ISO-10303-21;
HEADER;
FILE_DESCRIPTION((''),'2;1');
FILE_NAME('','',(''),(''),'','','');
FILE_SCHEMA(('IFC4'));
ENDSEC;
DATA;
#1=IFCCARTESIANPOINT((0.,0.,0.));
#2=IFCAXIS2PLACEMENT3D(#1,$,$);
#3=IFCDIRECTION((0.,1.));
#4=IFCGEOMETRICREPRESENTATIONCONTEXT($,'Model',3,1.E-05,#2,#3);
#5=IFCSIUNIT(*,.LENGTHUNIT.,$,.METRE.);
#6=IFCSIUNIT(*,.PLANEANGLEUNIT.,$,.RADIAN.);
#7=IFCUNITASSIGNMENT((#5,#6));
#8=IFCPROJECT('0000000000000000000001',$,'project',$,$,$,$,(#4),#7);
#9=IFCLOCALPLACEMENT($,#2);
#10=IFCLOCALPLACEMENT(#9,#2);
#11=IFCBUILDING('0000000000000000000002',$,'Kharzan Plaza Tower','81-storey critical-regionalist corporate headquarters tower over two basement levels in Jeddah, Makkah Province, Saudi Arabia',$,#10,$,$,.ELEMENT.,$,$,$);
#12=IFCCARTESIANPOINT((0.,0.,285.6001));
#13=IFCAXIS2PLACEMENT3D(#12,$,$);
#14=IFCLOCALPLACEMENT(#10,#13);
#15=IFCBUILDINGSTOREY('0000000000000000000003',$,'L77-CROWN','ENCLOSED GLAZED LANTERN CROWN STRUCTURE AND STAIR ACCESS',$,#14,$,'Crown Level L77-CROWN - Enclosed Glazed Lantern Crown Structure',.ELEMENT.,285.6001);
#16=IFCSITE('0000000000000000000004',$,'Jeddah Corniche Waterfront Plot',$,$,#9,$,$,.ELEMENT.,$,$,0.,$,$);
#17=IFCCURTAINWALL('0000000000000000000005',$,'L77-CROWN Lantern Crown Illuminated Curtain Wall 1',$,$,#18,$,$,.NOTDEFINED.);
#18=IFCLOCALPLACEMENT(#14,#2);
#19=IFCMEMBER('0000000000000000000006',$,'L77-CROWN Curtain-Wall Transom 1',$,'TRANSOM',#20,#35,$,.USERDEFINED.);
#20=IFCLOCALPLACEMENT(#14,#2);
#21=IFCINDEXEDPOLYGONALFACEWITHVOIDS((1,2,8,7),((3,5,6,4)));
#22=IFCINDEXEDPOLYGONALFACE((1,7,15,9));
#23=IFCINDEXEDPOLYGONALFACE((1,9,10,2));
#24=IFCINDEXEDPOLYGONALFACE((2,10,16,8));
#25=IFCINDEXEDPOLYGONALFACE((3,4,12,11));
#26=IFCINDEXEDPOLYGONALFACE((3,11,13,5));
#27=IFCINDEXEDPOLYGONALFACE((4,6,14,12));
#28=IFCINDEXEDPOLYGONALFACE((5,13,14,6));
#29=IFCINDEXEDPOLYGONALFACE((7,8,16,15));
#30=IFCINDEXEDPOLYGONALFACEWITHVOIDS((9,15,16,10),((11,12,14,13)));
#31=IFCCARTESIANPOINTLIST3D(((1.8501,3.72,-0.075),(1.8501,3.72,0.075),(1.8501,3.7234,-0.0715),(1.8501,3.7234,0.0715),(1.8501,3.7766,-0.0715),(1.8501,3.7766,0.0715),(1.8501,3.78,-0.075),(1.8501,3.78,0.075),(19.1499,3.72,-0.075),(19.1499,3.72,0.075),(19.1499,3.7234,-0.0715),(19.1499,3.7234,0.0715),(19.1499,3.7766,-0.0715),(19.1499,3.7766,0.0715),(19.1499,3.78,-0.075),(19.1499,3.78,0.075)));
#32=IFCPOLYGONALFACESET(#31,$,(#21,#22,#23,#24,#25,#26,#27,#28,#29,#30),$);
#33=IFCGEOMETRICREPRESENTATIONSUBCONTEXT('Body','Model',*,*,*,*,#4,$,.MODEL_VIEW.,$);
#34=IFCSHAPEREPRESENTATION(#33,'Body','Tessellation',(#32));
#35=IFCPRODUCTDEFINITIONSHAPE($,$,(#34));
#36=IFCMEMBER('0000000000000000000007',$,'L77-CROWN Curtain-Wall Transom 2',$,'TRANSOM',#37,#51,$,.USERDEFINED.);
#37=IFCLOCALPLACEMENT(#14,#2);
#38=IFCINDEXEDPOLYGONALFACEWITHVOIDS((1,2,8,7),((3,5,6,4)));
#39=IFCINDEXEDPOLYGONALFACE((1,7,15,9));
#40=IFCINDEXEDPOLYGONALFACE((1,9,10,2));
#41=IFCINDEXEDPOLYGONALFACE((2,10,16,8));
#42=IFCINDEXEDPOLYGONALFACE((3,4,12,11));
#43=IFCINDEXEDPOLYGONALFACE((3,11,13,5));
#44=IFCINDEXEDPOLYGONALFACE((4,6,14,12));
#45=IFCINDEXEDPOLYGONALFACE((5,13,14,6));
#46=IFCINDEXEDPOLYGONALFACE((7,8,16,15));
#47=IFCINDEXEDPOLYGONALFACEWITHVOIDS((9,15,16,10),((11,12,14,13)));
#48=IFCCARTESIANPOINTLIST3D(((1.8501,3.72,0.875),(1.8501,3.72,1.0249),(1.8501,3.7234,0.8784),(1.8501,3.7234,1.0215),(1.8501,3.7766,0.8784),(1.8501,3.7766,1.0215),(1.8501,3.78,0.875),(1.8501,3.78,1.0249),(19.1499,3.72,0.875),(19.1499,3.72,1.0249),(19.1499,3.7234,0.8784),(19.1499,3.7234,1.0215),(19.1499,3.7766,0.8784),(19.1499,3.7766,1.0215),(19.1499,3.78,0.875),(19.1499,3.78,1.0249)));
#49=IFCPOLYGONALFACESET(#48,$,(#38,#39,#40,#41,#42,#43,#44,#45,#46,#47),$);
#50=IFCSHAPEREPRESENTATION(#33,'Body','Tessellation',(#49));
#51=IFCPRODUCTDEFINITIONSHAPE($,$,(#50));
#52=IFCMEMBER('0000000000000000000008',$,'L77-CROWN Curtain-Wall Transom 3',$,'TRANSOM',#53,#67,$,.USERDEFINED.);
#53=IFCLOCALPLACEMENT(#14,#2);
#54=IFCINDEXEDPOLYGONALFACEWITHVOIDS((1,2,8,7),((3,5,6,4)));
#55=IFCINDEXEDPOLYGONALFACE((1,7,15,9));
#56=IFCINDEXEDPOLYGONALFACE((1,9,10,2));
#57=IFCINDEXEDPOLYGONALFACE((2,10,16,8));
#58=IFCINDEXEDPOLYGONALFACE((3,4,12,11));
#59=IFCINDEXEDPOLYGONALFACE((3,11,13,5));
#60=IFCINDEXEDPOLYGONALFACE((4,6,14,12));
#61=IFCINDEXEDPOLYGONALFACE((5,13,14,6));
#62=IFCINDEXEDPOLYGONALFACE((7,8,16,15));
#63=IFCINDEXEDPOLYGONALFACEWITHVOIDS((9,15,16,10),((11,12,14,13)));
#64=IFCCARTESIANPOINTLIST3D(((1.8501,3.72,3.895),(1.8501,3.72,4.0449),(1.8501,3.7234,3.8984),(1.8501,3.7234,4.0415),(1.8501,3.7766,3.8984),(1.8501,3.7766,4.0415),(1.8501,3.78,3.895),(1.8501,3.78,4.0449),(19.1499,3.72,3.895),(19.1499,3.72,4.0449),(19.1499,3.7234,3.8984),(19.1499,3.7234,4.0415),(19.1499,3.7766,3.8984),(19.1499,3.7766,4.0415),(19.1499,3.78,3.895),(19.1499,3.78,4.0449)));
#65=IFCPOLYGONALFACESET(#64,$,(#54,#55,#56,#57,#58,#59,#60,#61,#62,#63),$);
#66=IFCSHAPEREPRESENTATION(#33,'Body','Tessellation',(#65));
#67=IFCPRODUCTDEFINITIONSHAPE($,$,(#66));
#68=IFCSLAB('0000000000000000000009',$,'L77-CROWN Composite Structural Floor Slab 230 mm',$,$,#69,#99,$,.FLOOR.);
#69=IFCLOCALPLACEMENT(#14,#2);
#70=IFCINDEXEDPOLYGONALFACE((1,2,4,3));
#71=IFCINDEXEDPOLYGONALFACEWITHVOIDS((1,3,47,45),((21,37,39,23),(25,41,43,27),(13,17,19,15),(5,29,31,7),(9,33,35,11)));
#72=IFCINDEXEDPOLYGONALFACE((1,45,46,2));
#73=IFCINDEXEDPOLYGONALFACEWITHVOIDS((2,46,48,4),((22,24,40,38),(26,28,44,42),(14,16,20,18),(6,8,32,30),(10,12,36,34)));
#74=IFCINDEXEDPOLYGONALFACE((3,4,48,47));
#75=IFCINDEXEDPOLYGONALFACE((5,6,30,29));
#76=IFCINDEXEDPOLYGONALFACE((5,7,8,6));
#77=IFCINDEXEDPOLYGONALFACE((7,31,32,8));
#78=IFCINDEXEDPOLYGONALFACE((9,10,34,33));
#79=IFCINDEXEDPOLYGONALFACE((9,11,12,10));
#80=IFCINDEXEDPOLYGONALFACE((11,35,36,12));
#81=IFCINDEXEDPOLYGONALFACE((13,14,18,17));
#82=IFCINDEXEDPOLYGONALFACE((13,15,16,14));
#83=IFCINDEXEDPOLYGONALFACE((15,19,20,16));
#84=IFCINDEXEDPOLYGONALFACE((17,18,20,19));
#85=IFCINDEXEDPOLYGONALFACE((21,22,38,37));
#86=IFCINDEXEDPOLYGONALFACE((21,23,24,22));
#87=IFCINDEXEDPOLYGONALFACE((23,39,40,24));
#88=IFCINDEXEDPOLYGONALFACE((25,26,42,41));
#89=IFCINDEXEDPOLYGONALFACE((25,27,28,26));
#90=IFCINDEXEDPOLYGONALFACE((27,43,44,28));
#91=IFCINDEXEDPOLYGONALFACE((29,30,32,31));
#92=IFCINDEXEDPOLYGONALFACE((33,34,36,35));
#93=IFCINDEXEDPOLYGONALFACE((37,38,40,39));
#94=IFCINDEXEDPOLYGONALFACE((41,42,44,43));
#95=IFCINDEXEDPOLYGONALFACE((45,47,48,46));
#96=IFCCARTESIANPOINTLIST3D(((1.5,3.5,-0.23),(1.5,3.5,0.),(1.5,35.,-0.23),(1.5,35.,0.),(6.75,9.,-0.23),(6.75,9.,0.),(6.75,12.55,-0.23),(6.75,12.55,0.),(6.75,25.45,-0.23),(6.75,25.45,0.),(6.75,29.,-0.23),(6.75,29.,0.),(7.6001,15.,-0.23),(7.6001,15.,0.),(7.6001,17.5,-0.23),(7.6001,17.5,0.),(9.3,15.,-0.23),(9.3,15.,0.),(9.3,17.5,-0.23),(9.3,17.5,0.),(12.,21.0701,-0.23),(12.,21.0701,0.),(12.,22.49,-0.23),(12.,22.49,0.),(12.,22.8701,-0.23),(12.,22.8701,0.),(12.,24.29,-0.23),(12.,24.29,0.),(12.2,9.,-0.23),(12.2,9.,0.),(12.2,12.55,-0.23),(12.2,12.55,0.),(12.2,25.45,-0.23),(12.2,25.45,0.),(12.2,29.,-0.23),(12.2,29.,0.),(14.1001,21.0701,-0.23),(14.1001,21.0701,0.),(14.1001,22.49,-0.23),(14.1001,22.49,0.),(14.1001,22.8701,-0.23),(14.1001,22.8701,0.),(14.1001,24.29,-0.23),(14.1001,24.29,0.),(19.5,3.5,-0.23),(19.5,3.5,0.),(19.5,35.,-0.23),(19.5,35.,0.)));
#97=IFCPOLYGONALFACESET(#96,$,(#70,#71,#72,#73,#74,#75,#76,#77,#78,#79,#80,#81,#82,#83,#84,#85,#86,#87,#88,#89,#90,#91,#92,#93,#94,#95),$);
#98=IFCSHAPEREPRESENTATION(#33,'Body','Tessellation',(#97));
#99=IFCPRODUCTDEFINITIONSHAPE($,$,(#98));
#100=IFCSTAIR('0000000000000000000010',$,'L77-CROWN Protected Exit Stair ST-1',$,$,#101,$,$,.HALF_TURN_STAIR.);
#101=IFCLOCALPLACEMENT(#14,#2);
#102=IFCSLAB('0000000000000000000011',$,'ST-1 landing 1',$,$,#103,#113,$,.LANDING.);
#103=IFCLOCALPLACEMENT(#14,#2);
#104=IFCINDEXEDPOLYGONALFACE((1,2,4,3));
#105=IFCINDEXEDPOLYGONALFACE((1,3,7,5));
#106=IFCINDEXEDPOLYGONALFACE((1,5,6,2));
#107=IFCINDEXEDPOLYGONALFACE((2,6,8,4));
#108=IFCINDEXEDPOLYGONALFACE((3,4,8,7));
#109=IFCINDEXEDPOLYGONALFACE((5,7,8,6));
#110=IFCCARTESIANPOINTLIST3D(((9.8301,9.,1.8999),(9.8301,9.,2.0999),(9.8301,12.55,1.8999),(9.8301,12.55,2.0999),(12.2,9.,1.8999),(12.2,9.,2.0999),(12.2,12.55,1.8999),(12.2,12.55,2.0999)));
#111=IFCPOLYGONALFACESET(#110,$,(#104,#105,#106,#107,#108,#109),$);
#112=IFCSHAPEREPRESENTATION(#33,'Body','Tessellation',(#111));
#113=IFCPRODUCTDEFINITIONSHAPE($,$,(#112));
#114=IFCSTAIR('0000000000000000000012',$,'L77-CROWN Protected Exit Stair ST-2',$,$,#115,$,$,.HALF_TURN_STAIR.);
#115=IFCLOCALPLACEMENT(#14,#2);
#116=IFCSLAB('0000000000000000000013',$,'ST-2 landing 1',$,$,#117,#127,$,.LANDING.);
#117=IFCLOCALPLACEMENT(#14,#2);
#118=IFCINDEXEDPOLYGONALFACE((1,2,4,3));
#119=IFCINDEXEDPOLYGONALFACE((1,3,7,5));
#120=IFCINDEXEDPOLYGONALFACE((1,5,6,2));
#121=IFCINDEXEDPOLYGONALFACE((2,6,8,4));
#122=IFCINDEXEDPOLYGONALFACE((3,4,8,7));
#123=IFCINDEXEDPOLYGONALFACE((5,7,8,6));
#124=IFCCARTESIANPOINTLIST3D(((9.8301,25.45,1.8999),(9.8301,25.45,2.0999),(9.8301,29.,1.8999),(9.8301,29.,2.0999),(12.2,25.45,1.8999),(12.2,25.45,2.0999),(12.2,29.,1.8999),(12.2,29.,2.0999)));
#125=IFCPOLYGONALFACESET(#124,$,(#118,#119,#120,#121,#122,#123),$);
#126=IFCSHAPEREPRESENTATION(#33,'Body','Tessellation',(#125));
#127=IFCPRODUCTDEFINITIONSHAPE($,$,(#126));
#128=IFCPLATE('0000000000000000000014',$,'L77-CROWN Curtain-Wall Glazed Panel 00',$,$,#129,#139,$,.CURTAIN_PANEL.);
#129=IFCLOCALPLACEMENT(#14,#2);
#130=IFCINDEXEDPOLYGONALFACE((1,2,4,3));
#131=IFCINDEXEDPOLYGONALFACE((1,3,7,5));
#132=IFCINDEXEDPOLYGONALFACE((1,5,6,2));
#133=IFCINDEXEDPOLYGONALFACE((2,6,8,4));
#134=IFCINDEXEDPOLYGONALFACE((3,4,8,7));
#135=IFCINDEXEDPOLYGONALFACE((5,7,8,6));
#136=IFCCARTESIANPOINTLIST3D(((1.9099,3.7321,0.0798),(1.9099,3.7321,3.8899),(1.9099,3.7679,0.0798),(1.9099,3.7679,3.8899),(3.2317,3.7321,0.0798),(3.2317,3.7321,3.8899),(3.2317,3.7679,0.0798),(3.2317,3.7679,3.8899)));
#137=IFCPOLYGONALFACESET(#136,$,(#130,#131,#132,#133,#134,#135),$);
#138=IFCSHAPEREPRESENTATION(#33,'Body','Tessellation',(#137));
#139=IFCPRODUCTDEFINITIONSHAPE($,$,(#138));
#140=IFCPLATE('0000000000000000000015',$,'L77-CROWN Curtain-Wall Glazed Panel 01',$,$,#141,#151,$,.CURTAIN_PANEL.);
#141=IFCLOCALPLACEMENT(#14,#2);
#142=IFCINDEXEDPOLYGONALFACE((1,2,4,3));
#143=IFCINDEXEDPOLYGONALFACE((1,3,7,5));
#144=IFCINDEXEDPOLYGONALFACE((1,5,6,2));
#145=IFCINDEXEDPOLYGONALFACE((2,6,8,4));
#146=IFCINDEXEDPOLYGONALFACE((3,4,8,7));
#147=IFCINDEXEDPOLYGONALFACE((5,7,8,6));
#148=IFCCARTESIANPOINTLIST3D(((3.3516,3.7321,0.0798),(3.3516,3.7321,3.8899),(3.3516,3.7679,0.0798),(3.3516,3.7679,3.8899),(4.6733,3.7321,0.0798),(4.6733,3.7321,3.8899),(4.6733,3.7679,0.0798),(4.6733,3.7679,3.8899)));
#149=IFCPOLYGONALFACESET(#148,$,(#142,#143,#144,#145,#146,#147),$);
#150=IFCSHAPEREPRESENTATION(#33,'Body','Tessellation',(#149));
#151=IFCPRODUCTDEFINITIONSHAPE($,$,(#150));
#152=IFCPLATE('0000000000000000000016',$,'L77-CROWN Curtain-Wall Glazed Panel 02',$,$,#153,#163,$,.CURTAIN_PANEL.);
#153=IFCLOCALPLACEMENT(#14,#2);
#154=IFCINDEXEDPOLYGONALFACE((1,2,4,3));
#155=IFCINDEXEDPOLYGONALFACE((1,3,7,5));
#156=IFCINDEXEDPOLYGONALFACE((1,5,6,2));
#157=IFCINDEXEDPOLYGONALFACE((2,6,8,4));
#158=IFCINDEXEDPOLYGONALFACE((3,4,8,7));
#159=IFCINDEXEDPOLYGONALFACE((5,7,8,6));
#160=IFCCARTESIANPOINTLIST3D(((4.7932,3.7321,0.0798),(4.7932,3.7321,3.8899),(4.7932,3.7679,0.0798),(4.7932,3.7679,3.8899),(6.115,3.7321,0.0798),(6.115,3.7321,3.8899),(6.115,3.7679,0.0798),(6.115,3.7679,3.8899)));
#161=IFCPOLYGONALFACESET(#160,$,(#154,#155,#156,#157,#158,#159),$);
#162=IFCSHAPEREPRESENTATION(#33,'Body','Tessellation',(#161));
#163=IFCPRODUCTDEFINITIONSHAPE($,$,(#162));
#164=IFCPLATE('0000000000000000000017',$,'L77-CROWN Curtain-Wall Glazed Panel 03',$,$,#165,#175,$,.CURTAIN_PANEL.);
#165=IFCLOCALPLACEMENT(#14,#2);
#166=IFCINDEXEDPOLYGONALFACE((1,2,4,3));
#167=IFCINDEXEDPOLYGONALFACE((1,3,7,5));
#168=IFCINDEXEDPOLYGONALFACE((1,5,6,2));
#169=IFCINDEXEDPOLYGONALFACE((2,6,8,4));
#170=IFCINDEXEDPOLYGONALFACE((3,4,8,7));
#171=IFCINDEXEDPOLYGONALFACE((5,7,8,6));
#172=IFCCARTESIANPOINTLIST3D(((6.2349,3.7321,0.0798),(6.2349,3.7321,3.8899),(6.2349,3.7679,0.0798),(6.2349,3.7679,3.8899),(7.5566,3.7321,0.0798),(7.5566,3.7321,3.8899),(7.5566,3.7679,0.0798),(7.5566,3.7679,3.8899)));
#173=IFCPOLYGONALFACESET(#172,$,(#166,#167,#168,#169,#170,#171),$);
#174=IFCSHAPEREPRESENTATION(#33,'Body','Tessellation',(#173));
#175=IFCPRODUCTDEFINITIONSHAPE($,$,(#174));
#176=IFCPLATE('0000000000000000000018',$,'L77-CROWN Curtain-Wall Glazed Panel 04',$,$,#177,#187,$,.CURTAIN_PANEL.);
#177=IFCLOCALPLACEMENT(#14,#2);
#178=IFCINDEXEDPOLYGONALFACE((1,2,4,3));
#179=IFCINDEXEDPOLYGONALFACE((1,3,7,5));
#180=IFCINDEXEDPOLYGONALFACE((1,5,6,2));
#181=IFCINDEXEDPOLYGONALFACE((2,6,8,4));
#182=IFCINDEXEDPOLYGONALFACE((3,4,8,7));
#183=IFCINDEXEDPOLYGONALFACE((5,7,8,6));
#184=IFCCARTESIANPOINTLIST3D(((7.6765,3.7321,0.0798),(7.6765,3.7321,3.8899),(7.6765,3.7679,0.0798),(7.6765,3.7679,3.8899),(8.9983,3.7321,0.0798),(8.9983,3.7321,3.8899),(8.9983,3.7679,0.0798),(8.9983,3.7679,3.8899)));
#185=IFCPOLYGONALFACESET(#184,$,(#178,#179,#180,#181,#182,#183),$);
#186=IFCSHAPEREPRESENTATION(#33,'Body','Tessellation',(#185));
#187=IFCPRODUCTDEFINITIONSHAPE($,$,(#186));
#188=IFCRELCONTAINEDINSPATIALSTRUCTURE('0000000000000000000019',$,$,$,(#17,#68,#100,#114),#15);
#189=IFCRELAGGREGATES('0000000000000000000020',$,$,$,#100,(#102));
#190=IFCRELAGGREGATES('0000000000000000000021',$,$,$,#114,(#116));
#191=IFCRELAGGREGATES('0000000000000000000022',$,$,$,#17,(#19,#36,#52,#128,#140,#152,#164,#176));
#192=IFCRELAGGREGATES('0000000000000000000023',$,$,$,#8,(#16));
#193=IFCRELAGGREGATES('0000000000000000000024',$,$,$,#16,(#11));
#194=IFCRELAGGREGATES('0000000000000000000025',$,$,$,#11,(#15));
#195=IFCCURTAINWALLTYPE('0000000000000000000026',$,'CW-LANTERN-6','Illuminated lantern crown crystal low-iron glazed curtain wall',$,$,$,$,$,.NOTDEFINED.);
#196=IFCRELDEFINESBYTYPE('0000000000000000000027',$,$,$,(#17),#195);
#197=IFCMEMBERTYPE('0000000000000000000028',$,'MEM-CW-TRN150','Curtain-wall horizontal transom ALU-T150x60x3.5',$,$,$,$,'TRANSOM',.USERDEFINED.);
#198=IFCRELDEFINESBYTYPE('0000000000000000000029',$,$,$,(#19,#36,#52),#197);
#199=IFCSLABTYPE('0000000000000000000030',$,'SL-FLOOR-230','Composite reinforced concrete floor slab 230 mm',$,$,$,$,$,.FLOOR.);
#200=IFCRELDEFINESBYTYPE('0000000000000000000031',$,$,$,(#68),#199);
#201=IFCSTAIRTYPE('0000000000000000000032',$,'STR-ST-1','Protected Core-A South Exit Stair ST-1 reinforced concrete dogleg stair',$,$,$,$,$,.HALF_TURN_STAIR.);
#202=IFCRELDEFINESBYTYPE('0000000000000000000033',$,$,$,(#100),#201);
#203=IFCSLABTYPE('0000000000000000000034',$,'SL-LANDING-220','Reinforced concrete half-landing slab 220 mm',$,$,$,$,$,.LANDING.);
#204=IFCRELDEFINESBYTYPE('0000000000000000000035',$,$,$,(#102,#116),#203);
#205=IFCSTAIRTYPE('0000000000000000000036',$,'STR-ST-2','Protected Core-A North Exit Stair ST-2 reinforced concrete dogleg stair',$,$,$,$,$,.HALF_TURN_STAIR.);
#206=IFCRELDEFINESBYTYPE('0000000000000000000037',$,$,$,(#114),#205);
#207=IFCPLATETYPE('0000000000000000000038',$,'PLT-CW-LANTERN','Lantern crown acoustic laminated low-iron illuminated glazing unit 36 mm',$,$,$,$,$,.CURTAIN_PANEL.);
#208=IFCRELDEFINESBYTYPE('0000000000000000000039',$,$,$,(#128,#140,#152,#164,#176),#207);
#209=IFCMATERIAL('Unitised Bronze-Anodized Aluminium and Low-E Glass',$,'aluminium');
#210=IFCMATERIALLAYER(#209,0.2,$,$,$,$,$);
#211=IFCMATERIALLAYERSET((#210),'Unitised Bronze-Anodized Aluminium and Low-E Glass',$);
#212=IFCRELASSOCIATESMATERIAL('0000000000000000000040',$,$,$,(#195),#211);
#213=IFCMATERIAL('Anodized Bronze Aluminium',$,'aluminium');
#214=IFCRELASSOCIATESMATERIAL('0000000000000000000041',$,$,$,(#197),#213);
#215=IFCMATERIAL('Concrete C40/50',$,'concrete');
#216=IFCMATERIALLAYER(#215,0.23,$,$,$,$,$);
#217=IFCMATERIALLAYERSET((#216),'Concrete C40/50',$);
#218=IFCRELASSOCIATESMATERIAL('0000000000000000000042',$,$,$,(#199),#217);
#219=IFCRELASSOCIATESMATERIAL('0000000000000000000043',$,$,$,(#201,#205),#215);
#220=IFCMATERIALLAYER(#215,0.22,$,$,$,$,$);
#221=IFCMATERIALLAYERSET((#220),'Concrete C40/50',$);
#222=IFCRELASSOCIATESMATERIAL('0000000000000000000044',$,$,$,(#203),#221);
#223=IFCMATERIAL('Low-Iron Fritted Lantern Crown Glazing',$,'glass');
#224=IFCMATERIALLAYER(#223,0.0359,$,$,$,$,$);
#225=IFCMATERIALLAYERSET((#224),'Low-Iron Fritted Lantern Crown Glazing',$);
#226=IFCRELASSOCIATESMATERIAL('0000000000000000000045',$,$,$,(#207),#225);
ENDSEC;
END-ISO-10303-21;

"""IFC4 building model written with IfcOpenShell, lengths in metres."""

from ifc_helpers import new_model, si_unit, direction, frame, origin, origin_2d, place, context, subcontext, project, spatial, polyline, rectangle, hollow_rectangle, outline, extrude, source, transform, mapped, material, layer, layer_set, material_profile, profile_set, type_object, element, aggregate, save


model = new_model("IFC4")

# Units and contexts
model_context = context("Model", 3, precision=1e-05, world=origin(), true_north=direction((0.0, 1.0)))
body_context = subcontext(model_context, "Body", "Model", "MODEL_VIEW")
ifc_project = project(units=[si_unit("LENGTHUNIT", "METRE"), si_unit("PLANEANGLEUNIT", "RADIAN")], contexts=[model_context])

# Site, building, storey
site_placement = place(None, origin())
site = spatial("IfcSite", under=ifc_project, at=site_placement, Name="Jeddah Corniche Waterfront Plot", CompositionType="ELEMENT", RefElevation=0.0)
building_placement = place(site_placement, origin())
building = spatial("IfcBuilding", under=site, at=building_placement, Name="Kharzan Plaza Tower", Description="81-storey critical-regionalist corporate headquarters tower over two basement levels in Jeddah, Makkah Province, Saudi Arabia", CompositionType="ELEMENT")
storey_placement = place(building_placement, frame((0.0, 0.0, 285.6001)))
storey = spatial("IfcBuildingStorey", under=building, at=storey_placement, Name="L77-CROWN", Description="ENCLOSED GLAZED LANTERN CROWN STRUCTURE AND STAIR ACCESS", LongName="Crown Level L77-CROWN - Enclosed Glazed Lantern Crown Structure", CompositionType="ELEMENT", Elevation=285.6001)

# Curtain wall
ifc_material_1 = material(Name="Unitised Bronze-Anodized Aluminium and Low-E Glass", Category="aluminium")
ifc_layer_1 = layer(ifc_material_1, 0.2)
ifc_layer_set_1 = layer_set([ifc_layer_1], Name="Unitised Bronze-Anodized Aluminium and Low-E Glass")
curtain_wall_type = type_object("IfcCurtainWallType", Name="CW-LANTERN-6", Description="Illuminated lantern crown crystal low-iron glazed curtain wall", PredefinedType="NOTDEFINED", material=ifc_layer_set_1)
curtain_wall_1_placement = place(storey_placement, origin())
curtain_wall_1 = element("IfcCurtainWall", 1, at=curtain_wall_1_placement, inside=storey, type_object=curtain_wall_type, Name="L77-CROWN Lantern Crown Illuminated Curtain Wall 1", PredefinedType="NOTDEFINED")
ifc_material_2 = material(Name="Anodized Bronze Aluminium", Category="aluminium")

# Members
ifc_material_profile_1 = material_profile(ifc_material_2, hollow_rectangle(XDim=0.0601, YDim=0.1499, WallThickness=0.0034, at=origin_2d()), Name="ALU-T150x60x3.5")
ifc_profile_set_1 = profile_set([ifc_material_profile_1], Name="Anodized Bronze Aluminium")
member_type_1 = type_object("IfcMemberType", Name="MEM-CW-TRN150", Description="Curtain-wall horizontal transom ALU-T150x60x3.5", ElementType="TRANSOM", PredefinedType="USERDEFINED", material=ifc_profile_set_1)
shared_shape_1 = source(origin(), body_context, "Body", "SweptSolid", [
    extrude(hollow_rectangle(XDim=0.0601, YDim=0.1499, WallThickness=0.0034, at=origin_2d()), origin(), (0.0, 0.0, 1.0), 17.2998),
])
member_1_placement = place(storey_placement, frame((1.8501, 3.75, 0.0), z_axis=(1.0, 0.0, 0.0), x_axis=(0.0, 1.0, 0.0)))
member_1 = element("IfcMember", 2, at=member_1_placement, type_object=member_type_1, Name="L77-CROWN Curtain-Wall Transom 1", ObjectType="TRANSOM", PredefinedType="USERDEFINED", context=body_context, shape_type="MappedRepresentation", body=[
    mapped(shared_shape_1, transform((0.0, 0.0, 0.0), x_axis=(1.0, 0.0, 0.0), y_axis=(0.0, 1.0, 0.0), z_axis=(0.0, 0.0, 1.0))),
])
member_2_placement = place(storey_placement, frame((1.8501, 3.75, 0.95), z_axis=(1.0, 0.0, 0.0), x_axis=(0.0, 1.0, 0.0)))
member_2 = element("IfcMember", 3, at=member_2_placement, type_object=member_type_1, Name="L77-CROWN Curtain-Wall Transom 2", ObjectType="TRANSOM", PredefinedType="USERDEFINED", context=body_context, shape_type="MappedRepresentation", body=[
    mapped(shared_shape_1, transform((0.0, 0.0, 0.0), x_axis=(1.0, 0.0, 0.0), y_axis=(0.0, 1.0, 0.0), z_axis=(0.0, 0.0, 1.0))),
])
member_3_placement = place(storey_placement, frame((1.8501, 3.75, 3.97), z_axis=(1.0, 0.0, 0.0), x_axis=(0.0, 1.0, 0.0)))
member_3 = element("IfcMember", 4, at=member_3_placement, type_object=member_type_1, Name="L77-CROWN Curtain-Wall Transom 3", ObjectType="TRANSOM", PredefinedType="USERDEFINED", context=body_context, shape_type="MappedRepresentation", body=[
    mapped(shared_shape_1, transform((0.0, 0.0, 0.0), x_axis=(1.0, 0.0, 0.0), y_axis=(0.0, 1.0, 0.0), z_axis=(0.0, 0.0, 1.0))),
])

# Slab
ifc_material_3 = material(Name="Concrete C40/50", Category="concrete")
ifc_layer_2 = layer(ifc_material_3, 0.23)
ifc_layer_set_2 = layer_set([ifc_layer_2], Name="Concrete C40/50")
slab_type_1 = type_object("IfcSlabType", Name="SL-FLOOR-230", Description="Composite reinforced concrete floor slab 230 mm", PredefinedType="FLOOR", material=ifc_layer_set_2)
slab_1_placement = place(storey_placement, frame((0.0, 0.0, -0.23)))
element("IfcSlab", 5, at=slab_1_placement, inside=storey, type_object=slab_type_1, Name="L77-CROWN Composite Structural Floor Slab 230 mm", PredefinedType="FLOOR", context=body_context, shape_type="SweptSolid", body=[
    extrude(outline(polyline([(1.5, 3.5), (19.5, 3.5), (19.5, 35.0), (1.5, 35.0), (1.5, 3.5)]), holes=[polyline([(6.75, 12.55), (6.75, 9.0), (12.2, 9.0), (12.2, 12.55), (6.75, 12.55)]), polyline([(7.6001, 17.5), (7.6001, 15.0), (9.3, 15.0), (9.3, 17.5), (7.6001, 17.5)]), polyline([(12.0, 22.49), (12.0, 21.0701), (14.1001, 21.0701), (14.1001, 22.49), (12.0, 22.49)]), polyline([(14.1001, 24.29), (12.0, 24.29), (12.0, 22.8701), (14.1001, 22.8701), (14.1001, 24.29)]), polyline([(12.2, 29.0), (6.75, 29.0), (6.75, 25.45), (12.2, 25.45), (12.2, 29.0)])]), origin(), (0.0, 0.0, 1.0), 0.23),
])

# Stairs, slabs
stair_type_1 = type_object("IfcStairType", Name="STR-ST-1", Description="Protected Core-A South Exit Stair ST-1 reinforced concrete dogleg stair", PredefinedType="HALF_TURN_STAIR", material=ifc_material_3)
stair_1_placement = place(storey_placement, origin())
stair_1 = element("IfcStair", 6, at=stair_1_placement, inside=storey, type_object=stair_type_1, Name="L77-CROWN Protected Exit Stair ST-1", PredefinedType="HALF_TURN_STAIR")
ifc_layer_3 = layer(ifc_material_3, 0.22)
ifc_layer_set_3 = layer_set([ifc_layer_3], Name="Concrete C40/50")
slab_type_2 = type_object("IfcSlabType", Name="SL-LANDING-220", Description="Reinforced concrete half-landing slab 220 mm", PredefinedType="LANDING", material=ifc_layer_set_3)
slab_2_placement = place(storey_placement, frame((0.0, 0.0, 1.8999)))
slab_2 = element("IfcSlab", 7, at=slab_2_placement, type_object=slab_type_2, Name="ST-1 landing 1", PredefinedType="LANDING", context=body_context, shape_type="SweptSolid", body=[
    extrude(outline(polyline([(9.8301, 9.0), (12.2, 9.0), (12.2, 12.55), (9.8301, 12.55), (9.8301, 9.0)])), origin(), (0.0, 0.0, 1.0), 0.2),
])
aggregate(stair_1, [slab_2])
stair_type_2 = type_object("IfcStairType", Name="STR-ST-2", Description="Protected Core-A North Exit Stair ST-2 reinforced concrete dogleg stair", PredefinedType="HALF_TURN_STAIR", material=ifc_material_3)
stair_2_placement = place(storey_placement, origin())
stair_2 = element("IfcStair", 8, at=stair_2_placement, inside=storey, type_object=stair_type_2, Name="L77-CROWN Protected Exit Stair ST-2", PredefinedType="HALF_TURN_STAIR")
slab_3_placement = place(storey_placement, frame((0.0, 0.0, 1.8999)))
slab_3 = element("IfcSlab", 9, at=slab_3_placement, type_object=slab_type_2, Name="ST-2 landing 1", PredefinedType="LANDING", context=body_context, shape_type="SweptSolid", body=[
    extrude(outline(polyline([(9.8301, 25.45), (12.2, 25.45), (12.2, 29.0), (9.8301, 29.0), (9.8301, 25.45)])), origin(), (0.0, 0.0, 1.0), 0.2),
])
aggregate(stair_2, [slab_3])

# Plates
ifc_material_4 = material(Name="Low-Iron Fritted Lantern Crown Glazing", Category="glass")
ifc_layer_4 = layer(ifc_material_4, 0.0359)
ifc_layer_set_4 = layer_set([ifc_layer_4], Name="Low-Iron Fritted Lantern Crown Glazing")
plate_type = type_object("IfcPlateType", Name="PLT-CW-LANTERN", Description="Lantern crown acoustic laminated low-iron illuminated glazing unit 36 mm", PredefinedType="CURTAIN_PANEL", material=ifc_layer_set_4)
shared_shape_2 = source(origin(), body_context, "Body", "SweptSolid", [
    extrude(rectangle(XDim=1.3218, YDim=0.0359, at=origin_2d()), origin(), (0.0, 0.0, 1.0), 3.8101),
])
plate_1_placement = place(storey_placement, frame((2.5708, 3.75, 0.0798), z_axis=(0.0, 0.0, 1.0), x_axis=(1.0, 0.0, 0.0)))
plate_1 = element("IfcPlate", 10, at=plate_1_placement, type_object=plate_type, Name="L77-CROWN Curtain-Wall Glazed Panel 00", PredefinedType="CURTAIN_PANEL", context=body_context, shape_type="MappedRepresentation", body=[
    mapped(shared_shape_2, transform((0.0, 0.0, 0.0), x_axis=(1.0, 0.0, 0.0), y_axis=(0.0, 1.0, 0.0), z_axis=(0.0, 0.0, 1.0))),
])
plate_2_placement = place(storey_placement, frame((4.0125, 3.75, 0.0798), z_axis=(0.0, 0.0, 1.0), x_axis=(1.0, 0.0, 0.0)))
plate_2 = element("IfcPlate", 11, at=plate_2_placement, type_object=plate_type, Name="L77-CROWN Curtain-Wall Glazed Panel 01", PredefinedType="CURTAIN_PANEL", context=body_context, shape_type="MappedRepresentation", body=[
    mapped(shared_shape_2, transform((0.0, 0.0, 0.0), x_axis=(1.0, 0.0, 0.0), y_axis=(0.0, 1.0, 0.0), z_axis=(0.0, 0.0, 1.0))),
])
plate_3_placement = place(storey_placement, frame((5.4541, 3.75, 0.0798), z_axis=(0.0, 0.0, 1.0), x_axis=(1.0, 0.0, 0.0)))
plate_3 = element("IfcPlate", 12, at=plate_3_placement, type_object=plate_type, Name="L77-CROWN Curtain-Wall Glazed Panel 02", PredefinedType="CURTAIN_PANEL", context=body_context, shape_type="MappedRepresentation", body=[
    mapped(shared_shape_2, transform((0.0, 0.0, 0.0), x_axis=(1.0, 0.0, 0.0), y_axis=(0.0, 1.0, 0.0), z_axis=(0.0, 0.0, 1.0))),
])
plate_4_placement = place(storey_placement, frame((6.8958, 3.75, 0.0798), z_axis=(0.0, 0.0, 1.0), x_axis=(1.0, 0.0, 0.0)))
plate_4 = element("IfcPlate", 13, at=plate_4_placement, type_object=plate_type, Name="L77-CROWN Curtain-Wall Glazed Panel 03", PredefinedType="CURTAIN_PANEL", context=body_context, shape_type="MappedRepresentation", body=[
    mapped(shared_shape_2, transform((0.0, 0.0, 0.0), x_axis=(1.0, 0.0, 0.0), y_axis=(0.0, 1.0, 0.0), z_axis=(0.0, 0.0, 1.0))),
])
plate_5_placement = place(storey_placement, frame((8.3374, 3.75, 0.0798), z_axis=(0.0, 0.0, 1.0), x_axis=(1.0, 0.0, 0.0)))
plate_5 = element("IfcPlate", 14, at=plate_5_placement, type_object=plate_type, Name="L77-CROWN Curtain-Wall Glazed Panel 04", PredefinedType="CURTAIN_PANEL", context=body_context, shape_type="MappedRepresentation", body=[
    mapped(shared_shape_2, transform((0.0, 0.0, 0.0), x_axis=(1.0, 0.0, 0.0), y_axis=(0.0, 1.0, 0.0), z_axis=(0.0, 0.0, 1.0))),
])
aggregate(curtain_wall_1, [member_1, member_2, member_3, plate_1, plate_2, plate_3, plate_4, plate_5])

save(model, "model.ifc")
